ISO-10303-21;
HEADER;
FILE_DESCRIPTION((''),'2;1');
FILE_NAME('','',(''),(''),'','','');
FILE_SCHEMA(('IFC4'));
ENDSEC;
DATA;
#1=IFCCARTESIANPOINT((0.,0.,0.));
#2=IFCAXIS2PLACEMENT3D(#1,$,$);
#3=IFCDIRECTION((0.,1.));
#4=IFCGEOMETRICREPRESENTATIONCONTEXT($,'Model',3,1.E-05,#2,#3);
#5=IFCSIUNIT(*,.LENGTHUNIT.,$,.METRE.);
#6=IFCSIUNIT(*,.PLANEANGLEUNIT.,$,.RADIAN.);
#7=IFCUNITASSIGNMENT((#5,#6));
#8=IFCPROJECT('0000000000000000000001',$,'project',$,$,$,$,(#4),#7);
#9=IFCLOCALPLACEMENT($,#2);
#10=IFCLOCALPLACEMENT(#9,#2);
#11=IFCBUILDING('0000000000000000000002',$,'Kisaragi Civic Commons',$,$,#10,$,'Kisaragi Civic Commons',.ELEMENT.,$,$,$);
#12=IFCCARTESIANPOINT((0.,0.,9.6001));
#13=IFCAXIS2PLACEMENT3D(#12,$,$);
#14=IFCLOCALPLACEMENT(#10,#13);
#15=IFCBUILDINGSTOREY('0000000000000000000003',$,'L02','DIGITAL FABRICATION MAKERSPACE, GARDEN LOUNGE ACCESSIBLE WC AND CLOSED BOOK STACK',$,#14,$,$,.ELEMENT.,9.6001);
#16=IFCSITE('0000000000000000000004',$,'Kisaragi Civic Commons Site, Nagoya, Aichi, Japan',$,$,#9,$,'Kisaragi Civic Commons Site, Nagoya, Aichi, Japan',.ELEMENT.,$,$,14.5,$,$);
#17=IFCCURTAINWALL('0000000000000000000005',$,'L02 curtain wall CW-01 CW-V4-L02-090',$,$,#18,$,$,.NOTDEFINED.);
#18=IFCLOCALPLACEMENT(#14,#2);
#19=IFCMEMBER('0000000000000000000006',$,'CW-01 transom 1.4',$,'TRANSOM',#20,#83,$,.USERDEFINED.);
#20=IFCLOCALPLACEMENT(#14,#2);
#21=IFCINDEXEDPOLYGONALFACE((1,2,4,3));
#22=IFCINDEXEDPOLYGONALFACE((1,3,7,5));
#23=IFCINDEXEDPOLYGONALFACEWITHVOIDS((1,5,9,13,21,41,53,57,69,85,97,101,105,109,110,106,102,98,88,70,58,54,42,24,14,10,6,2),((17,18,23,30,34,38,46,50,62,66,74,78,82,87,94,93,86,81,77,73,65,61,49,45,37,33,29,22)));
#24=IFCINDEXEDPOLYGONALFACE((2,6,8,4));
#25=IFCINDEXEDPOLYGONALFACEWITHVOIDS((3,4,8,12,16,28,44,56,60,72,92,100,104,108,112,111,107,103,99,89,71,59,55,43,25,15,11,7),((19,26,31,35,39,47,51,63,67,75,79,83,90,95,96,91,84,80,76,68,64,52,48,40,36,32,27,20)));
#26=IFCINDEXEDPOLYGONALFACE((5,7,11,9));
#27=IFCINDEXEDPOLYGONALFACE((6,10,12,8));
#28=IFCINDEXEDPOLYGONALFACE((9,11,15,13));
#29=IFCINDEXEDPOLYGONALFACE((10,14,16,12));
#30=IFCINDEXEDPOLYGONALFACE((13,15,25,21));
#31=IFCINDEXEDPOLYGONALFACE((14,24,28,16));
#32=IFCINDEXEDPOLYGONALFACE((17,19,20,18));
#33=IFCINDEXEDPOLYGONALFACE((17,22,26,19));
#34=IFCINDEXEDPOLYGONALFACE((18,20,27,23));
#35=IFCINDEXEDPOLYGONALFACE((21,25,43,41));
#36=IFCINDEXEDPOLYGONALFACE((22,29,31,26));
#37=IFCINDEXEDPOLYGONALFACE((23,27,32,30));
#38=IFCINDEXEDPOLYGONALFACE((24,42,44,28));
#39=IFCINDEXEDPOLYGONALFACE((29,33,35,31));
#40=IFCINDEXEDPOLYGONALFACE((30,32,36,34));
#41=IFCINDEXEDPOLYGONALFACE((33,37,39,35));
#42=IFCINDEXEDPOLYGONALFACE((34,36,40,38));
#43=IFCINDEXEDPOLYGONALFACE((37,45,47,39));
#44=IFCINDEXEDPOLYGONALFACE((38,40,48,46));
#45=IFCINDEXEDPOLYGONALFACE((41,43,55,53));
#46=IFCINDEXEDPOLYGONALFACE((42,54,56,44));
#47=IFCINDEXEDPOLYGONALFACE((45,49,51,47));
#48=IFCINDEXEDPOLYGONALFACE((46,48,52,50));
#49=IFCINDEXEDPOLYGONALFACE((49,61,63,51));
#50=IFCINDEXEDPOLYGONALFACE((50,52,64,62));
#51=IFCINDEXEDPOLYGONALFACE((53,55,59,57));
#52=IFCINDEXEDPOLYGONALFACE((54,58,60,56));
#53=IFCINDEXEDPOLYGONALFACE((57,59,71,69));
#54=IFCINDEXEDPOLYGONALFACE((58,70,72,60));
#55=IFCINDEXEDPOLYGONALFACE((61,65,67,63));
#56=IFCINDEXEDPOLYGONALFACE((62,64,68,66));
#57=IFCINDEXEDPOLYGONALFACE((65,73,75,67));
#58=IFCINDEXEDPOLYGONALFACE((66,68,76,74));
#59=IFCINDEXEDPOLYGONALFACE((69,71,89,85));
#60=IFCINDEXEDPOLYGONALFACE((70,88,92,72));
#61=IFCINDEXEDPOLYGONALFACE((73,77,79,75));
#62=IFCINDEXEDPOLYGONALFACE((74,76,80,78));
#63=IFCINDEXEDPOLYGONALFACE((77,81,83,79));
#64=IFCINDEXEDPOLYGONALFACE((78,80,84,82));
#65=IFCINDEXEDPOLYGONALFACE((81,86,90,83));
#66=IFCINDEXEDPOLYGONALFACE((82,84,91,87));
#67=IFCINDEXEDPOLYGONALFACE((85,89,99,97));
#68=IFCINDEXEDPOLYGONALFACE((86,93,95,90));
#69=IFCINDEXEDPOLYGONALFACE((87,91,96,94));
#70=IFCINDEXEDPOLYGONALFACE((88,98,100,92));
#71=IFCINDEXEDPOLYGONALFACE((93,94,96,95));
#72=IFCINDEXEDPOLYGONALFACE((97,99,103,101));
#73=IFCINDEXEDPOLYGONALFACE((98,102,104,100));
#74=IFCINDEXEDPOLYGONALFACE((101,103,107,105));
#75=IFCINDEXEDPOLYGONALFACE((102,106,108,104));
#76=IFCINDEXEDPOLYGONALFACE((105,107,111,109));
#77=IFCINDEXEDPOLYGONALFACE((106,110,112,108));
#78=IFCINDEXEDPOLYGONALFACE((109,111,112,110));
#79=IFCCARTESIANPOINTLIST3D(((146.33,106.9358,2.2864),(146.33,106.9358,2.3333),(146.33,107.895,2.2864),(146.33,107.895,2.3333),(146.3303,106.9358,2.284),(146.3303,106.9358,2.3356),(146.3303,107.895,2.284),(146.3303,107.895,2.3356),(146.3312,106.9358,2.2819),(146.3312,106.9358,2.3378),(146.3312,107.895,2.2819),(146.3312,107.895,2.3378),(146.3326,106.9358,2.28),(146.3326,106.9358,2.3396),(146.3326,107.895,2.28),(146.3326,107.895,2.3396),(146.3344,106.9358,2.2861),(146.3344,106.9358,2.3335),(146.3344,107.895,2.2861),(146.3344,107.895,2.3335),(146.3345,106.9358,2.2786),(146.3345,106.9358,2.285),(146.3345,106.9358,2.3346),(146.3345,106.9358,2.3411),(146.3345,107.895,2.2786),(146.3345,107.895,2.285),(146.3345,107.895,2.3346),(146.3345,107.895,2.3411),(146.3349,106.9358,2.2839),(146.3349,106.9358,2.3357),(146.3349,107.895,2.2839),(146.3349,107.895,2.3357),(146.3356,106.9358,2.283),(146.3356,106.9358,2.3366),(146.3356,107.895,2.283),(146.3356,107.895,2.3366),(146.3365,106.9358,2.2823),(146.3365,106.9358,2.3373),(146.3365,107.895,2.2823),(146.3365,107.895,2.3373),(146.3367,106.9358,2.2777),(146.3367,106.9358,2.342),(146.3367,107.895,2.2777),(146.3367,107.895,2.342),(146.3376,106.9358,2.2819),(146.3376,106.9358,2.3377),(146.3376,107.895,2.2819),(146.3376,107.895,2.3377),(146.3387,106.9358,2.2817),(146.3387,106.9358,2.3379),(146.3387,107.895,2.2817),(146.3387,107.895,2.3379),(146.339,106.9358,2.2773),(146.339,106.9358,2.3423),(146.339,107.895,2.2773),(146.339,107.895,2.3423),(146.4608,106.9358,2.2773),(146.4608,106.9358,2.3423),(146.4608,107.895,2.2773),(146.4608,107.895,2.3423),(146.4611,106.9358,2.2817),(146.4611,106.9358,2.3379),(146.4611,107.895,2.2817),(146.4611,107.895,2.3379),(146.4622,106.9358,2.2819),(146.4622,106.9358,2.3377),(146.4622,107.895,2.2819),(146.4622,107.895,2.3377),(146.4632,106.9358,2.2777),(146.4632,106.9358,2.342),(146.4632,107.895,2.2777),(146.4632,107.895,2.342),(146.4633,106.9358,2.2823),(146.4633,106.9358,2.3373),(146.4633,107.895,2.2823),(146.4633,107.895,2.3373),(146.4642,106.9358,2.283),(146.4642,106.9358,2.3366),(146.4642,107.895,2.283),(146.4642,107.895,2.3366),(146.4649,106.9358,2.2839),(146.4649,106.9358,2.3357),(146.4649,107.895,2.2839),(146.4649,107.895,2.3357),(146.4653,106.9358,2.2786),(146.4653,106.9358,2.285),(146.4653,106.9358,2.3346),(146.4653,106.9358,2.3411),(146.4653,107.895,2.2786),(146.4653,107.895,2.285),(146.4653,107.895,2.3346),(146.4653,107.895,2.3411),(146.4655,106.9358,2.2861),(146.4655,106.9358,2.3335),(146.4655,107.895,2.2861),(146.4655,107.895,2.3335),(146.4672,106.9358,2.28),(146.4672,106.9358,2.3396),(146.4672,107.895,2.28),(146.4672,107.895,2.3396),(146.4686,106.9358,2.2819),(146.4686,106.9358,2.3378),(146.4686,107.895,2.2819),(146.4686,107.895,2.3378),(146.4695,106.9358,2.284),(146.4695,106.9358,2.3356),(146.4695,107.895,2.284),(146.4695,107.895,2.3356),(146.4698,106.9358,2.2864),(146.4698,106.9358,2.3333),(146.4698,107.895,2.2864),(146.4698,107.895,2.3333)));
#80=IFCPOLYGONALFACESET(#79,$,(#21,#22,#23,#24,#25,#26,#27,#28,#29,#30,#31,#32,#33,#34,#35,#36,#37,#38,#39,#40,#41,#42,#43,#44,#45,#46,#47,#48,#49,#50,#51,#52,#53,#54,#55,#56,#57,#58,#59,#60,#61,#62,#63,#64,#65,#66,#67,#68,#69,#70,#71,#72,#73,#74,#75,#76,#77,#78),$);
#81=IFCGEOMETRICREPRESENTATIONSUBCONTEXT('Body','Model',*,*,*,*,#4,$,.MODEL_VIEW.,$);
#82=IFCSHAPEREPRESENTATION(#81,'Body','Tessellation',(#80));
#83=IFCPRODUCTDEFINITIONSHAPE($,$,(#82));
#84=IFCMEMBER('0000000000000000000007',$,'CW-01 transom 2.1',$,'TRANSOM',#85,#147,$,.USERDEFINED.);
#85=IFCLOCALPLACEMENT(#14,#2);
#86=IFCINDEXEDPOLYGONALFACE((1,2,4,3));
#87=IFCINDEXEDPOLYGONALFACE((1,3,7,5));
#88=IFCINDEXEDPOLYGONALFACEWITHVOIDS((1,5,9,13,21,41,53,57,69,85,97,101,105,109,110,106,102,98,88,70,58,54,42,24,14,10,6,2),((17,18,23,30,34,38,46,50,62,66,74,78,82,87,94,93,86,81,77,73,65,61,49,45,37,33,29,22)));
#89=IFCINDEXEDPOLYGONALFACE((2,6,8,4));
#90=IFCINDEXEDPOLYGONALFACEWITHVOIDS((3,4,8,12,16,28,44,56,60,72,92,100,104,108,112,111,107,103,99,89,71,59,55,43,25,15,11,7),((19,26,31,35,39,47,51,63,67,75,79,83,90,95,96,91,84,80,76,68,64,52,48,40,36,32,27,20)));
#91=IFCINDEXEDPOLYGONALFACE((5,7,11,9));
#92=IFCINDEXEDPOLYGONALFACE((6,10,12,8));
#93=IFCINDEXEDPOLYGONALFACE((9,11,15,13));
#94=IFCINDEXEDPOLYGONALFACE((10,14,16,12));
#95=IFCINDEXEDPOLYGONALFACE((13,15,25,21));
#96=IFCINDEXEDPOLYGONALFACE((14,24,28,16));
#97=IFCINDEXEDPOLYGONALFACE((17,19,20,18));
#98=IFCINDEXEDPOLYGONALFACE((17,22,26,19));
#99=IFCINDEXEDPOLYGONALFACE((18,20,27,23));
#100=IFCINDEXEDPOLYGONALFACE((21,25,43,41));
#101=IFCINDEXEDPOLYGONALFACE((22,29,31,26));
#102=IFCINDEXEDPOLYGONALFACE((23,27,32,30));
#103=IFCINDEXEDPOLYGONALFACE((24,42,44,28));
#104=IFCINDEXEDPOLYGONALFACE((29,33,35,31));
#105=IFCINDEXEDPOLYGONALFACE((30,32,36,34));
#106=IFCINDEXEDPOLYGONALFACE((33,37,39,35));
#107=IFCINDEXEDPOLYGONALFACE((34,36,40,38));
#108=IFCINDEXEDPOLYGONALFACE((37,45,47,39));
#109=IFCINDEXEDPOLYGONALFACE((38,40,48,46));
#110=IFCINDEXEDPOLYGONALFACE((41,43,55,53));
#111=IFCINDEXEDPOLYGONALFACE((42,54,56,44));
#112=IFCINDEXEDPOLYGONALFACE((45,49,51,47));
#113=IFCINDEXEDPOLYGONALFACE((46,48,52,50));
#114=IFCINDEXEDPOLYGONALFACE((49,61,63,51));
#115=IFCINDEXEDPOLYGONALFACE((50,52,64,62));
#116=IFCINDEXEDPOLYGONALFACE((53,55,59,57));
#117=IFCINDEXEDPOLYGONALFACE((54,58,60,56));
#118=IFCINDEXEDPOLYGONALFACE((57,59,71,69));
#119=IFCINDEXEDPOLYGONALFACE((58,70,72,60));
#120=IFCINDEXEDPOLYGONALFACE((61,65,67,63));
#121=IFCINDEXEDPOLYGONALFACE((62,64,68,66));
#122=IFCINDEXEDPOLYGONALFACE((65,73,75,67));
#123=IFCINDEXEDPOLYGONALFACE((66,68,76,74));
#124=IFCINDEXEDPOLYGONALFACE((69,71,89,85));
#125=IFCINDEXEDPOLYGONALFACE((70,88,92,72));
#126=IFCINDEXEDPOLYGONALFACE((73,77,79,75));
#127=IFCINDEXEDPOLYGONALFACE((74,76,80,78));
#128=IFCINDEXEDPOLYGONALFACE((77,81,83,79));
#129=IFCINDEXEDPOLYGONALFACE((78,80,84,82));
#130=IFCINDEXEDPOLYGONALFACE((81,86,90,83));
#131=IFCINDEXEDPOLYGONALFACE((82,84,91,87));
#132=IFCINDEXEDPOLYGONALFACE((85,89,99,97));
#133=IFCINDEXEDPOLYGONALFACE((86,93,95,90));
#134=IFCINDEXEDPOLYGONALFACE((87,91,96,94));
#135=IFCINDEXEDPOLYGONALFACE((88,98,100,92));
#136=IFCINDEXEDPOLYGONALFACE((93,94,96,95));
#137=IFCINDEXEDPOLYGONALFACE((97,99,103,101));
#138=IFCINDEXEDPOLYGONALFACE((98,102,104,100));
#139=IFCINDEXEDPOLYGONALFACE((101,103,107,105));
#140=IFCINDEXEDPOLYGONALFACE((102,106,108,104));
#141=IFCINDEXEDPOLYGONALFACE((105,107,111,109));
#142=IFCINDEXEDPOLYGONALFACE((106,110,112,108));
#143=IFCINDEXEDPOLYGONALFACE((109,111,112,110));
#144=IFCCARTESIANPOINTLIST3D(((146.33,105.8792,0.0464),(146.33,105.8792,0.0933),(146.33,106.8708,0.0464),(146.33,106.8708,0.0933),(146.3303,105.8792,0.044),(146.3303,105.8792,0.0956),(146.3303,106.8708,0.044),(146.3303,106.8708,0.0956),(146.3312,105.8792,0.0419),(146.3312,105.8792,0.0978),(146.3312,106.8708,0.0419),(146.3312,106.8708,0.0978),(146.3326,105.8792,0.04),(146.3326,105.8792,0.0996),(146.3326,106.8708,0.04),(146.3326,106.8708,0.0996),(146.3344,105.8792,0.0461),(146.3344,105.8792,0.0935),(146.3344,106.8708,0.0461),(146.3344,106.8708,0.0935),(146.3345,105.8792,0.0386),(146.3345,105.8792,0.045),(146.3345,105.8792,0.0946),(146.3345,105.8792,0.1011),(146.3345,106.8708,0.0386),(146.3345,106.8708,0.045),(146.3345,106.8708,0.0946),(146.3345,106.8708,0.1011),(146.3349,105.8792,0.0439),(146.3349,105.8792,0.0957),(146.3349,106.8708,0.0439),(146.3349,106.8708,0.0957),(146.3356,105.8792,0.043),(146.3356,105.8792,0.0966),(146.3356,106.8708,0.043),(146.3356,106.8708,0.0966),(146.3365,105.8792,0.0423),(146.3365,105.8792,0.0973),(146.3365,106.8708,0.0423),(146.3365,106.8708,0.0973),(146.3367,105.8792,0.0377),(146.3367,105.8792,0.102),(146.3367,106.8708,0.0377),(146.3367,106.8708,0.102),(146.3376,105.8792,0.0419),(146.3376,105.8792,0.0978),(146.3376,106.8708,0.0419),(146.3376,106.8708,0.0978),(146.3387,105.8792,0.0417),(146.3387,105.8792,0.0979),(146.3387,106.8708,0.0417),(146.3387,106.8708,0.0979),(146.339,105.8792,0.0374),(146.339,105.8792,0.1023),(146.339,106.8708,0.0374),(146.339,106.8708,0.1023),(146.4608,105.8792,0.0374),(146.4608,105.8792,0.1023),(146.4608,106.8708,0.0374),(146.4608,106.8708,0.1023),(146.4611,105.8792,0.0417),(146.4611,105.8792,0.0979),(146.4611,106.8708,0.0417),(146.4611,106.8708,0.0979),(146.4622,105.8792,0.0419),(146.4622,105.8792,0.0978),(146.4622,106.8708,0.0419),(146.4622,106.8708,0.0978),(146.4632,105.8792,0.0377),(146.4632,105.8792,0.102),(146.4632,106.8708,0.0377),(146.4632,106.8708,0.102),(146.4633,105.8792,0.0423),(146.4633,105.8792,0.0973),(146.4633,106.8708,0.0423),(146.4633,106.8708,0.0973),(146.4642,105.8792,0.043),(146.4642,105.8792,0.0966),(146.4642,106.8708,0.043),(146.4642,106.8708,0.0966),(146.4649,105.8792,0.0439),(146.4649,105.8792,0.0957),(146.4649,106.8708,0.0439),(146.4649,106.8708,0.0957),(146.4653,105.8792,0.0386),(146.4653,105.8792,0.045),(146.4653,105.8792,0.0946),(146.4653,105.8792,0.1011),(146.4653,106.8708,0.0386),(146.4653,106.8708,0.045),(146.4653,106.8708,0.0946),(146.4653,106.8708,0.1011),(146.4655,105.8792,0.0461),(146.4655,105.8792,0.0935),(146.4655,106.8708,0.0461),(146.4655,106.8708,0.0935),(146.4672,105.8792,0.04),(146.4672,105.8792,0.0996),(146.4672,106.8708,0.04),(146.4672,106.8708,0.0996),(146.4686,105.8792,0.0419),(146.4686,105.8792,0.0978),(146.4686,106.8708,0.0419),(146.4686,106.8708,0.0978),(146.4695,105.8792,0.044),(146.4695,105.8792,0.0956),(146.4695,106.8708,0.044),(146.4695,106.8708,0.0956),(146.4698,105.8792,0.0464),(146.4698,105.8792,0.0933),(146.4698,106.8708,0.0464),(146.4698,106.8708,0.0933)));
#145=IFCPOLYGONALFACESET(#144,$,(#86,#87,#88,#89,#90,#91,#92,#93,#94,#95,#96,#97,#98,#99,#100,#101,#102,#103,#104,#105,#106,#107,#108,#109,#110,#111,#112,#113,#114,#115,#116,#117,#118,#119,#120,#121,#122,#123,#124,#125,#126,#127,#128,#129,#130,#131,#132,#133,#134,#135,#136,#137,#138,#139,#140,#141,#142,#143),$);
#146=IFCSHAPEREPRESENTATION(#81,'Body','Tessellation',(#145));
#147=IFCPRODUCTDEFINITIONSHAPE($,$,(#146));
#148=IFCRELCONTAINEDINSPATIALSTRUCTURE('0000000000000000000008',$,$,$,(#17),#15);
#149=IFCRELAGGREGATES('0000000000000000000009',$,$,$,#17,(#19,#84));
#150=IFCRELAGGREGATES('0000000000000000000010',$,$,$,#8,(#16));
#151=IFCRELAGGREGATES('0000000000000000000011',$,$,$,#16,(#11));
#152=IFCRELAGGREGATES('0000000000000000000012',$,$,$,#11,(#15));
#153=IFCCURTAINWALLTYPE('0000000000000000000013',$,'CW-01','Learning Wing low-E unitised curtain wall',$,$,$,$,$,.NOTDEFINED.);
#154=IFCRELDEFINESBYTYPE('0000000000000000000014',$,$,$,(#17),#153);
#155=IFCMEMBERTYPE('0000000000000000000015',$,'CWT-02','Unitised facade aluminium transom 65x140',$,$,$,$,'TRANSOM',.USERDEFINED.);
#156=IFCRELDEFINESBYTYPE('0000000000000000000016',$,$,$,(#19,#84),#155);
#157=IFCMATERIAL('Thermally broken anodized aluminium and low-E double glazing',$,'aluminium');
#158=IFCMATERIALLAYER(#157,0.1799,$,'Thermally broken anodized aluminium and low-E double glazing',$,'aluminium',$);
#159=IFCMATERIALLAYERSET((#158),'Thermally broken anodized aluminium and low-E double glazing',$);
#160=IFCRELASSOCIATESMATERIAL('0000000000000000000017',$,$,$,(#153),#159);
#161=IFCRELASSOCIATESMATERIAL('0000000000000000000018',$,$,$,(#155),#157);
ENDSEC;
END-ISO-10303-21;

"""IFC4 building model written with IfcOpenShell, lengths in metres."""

from ifc_helpers import new_model, si_unit, direction, frame, origin, origin_2d, place, context, subcontext, project, spatial, hollow_rectangle, extrude, material, layer, layer_set, material_profile, profile_set, type_object, element, aggregate, save


model = new_model("IFC4")

# Units and contexts
model_context = context("Model", 3, precision=1e-05, world=origin(), true_north=direction((0.0, 1.0)))
body_context = subcontext(model_context, "Body", "Model", "MODEL_VIEW")
ifc_project = project(units=[si_unit("LENGTHUNIT", "METRE"), si_unit("PLANEANGLEUNIT", "RADIAN")], contexts=[model_context])

# Site, building, storey
site_placement = place(None, origin())
site = spatial("IfcSite", under=ifc_project, at=site_placement, Name="Kisaragi Civic Commons Site, Nagoya, Aichi, Japan", LongName="Kisaragi Civic Commons Site, Nagoya, Aichi, Japan", CompositionType="ELEMENT", RefElevation=14.5)
building_placement = place(site_placement, origin())
building = spatial("IfcBuilding", under=site, at=building_placement, Name="Kisaragi Civic Commons", LongName="Kisaragi Civic Commons", CompositionType="ELEMENT")
storey_placement = place(building_placement, frame((0.0, 0.0, 9.6001)))
storey = spatial("IfcBuildingStorey", under=building, at=storey_placement, Name="L02", Description="DIGITAL FABRICATION MAKERSPACE, GARDEN LOUNGE ACCESSIBLE WC AND CLOSED BOOK STACK", CompositionType="ELEMENT", Elevation=9.6001)

# Shared definitions
ifc_material_1 = material(Name="Thermally broken anodized aluminium and low-E double glazing", Category="aluminium")
ifc_layer_1 = layer(ifc_material_1, 0.1799, Name="Thermally broken anodized aluminium and low-E double glazing", Category="aluminium")
ifc_layer_set_1 = layer_set([ifc_layer_1], Name="Thermally broken anodized aluminium and low-E double glazing")
curtain_wall_type = type_object("IfcCurtainWallType", Name="CW-01", Description="Learning Wing low-E unitised curtain wall", PredefinedType="NOTDEFINED", material=ifc_layer_set_1)

# Curtain wall, members
curtain_wall_1_placement = place(storey_placement, origin())
curtain_wall_1 = element("IfcCurtainWall", 1, at=curtain_wall_1_placement, inside=storey, type_object=curtain_wall_type, Name="L02 curtain wall CW-01 CW-V4-L02-090", PredefinedType="NOTDEFINED")
ifc_material_profile_1 = material_profile(ifc_material_1, hollow_rectangle(XDim=0.1399, YDim=0.0649, WallThickness=0.0044, InnerFilletRadius=0.0044, OuterFilletRadius=0.009, at=origin_2d()), Name="CWT-65x140x4.5", Category="aluminium")
ifc_profile_set_1 = profile_set([ifc_material_profile_1], Name="Thermally broken anodized aluminium and low-E double glazing")
member_type_1 = type_object("IfcMemberType", Name="CWT-02", Description="Unitised facade aluminium transom 65x140", ElementType="TRANSOM", PredefinedType="USERDEFINED", material=ifc_profile_set_1)
member_1_placement = place(storey_placement, frame((146.3999, 107.895, 2.3098), z_axis=(0.0, -1.0, 0.0), x_axis=(1.0, 0.0, 0.0)))
member_1 = element("IfcMember", 2, at=member_1_placement, type_object=member_type_1, Name="CW-01 transom 1.4", ObjectType="TRANSOM", PredefinedType="USERDEFINED", context=body_context, shape_type="SweptSolid", body=[
    extrude(hollow_rectangle(XDim=0.1399, YDim=0.0649, WallThickness=0.0044, InnerFilletRadius=0.0044, OuterFilletRadius=0.009, at=origin_2d()), origin(), (0.0, 0.0, 1.0), 0.9592),
])
member_2_placement = place(storey_placement, frame((146.3999, 106.8708, 0.0698), z_axis=(0.0, -1.0, 0.0), x_axis=(1.0, 0.0, 0.0)))
member_2 = element("IfcMember", 3, at=member_2_placement, type_object=member_type_1, Name="CW-01 transom 2.1", ObjectType="TRANSOM", PredefinedType="USERDEFINED", context=body_context, shape_type="SweptSolid", body=[
    extrude(hollow_rectangle(XDim=0.1399, YDim=0.0649, WallThickness=0.0044, InnerFilletRadius=0.0044, OuterFilletRadius=0.009, at=origin_2d()), origin(), (0.0, 0.0, 1.0), 0.9917),
])

aggregate(curtain_wall_1, [member_1, member_2])

save(model, "model.ifc")
